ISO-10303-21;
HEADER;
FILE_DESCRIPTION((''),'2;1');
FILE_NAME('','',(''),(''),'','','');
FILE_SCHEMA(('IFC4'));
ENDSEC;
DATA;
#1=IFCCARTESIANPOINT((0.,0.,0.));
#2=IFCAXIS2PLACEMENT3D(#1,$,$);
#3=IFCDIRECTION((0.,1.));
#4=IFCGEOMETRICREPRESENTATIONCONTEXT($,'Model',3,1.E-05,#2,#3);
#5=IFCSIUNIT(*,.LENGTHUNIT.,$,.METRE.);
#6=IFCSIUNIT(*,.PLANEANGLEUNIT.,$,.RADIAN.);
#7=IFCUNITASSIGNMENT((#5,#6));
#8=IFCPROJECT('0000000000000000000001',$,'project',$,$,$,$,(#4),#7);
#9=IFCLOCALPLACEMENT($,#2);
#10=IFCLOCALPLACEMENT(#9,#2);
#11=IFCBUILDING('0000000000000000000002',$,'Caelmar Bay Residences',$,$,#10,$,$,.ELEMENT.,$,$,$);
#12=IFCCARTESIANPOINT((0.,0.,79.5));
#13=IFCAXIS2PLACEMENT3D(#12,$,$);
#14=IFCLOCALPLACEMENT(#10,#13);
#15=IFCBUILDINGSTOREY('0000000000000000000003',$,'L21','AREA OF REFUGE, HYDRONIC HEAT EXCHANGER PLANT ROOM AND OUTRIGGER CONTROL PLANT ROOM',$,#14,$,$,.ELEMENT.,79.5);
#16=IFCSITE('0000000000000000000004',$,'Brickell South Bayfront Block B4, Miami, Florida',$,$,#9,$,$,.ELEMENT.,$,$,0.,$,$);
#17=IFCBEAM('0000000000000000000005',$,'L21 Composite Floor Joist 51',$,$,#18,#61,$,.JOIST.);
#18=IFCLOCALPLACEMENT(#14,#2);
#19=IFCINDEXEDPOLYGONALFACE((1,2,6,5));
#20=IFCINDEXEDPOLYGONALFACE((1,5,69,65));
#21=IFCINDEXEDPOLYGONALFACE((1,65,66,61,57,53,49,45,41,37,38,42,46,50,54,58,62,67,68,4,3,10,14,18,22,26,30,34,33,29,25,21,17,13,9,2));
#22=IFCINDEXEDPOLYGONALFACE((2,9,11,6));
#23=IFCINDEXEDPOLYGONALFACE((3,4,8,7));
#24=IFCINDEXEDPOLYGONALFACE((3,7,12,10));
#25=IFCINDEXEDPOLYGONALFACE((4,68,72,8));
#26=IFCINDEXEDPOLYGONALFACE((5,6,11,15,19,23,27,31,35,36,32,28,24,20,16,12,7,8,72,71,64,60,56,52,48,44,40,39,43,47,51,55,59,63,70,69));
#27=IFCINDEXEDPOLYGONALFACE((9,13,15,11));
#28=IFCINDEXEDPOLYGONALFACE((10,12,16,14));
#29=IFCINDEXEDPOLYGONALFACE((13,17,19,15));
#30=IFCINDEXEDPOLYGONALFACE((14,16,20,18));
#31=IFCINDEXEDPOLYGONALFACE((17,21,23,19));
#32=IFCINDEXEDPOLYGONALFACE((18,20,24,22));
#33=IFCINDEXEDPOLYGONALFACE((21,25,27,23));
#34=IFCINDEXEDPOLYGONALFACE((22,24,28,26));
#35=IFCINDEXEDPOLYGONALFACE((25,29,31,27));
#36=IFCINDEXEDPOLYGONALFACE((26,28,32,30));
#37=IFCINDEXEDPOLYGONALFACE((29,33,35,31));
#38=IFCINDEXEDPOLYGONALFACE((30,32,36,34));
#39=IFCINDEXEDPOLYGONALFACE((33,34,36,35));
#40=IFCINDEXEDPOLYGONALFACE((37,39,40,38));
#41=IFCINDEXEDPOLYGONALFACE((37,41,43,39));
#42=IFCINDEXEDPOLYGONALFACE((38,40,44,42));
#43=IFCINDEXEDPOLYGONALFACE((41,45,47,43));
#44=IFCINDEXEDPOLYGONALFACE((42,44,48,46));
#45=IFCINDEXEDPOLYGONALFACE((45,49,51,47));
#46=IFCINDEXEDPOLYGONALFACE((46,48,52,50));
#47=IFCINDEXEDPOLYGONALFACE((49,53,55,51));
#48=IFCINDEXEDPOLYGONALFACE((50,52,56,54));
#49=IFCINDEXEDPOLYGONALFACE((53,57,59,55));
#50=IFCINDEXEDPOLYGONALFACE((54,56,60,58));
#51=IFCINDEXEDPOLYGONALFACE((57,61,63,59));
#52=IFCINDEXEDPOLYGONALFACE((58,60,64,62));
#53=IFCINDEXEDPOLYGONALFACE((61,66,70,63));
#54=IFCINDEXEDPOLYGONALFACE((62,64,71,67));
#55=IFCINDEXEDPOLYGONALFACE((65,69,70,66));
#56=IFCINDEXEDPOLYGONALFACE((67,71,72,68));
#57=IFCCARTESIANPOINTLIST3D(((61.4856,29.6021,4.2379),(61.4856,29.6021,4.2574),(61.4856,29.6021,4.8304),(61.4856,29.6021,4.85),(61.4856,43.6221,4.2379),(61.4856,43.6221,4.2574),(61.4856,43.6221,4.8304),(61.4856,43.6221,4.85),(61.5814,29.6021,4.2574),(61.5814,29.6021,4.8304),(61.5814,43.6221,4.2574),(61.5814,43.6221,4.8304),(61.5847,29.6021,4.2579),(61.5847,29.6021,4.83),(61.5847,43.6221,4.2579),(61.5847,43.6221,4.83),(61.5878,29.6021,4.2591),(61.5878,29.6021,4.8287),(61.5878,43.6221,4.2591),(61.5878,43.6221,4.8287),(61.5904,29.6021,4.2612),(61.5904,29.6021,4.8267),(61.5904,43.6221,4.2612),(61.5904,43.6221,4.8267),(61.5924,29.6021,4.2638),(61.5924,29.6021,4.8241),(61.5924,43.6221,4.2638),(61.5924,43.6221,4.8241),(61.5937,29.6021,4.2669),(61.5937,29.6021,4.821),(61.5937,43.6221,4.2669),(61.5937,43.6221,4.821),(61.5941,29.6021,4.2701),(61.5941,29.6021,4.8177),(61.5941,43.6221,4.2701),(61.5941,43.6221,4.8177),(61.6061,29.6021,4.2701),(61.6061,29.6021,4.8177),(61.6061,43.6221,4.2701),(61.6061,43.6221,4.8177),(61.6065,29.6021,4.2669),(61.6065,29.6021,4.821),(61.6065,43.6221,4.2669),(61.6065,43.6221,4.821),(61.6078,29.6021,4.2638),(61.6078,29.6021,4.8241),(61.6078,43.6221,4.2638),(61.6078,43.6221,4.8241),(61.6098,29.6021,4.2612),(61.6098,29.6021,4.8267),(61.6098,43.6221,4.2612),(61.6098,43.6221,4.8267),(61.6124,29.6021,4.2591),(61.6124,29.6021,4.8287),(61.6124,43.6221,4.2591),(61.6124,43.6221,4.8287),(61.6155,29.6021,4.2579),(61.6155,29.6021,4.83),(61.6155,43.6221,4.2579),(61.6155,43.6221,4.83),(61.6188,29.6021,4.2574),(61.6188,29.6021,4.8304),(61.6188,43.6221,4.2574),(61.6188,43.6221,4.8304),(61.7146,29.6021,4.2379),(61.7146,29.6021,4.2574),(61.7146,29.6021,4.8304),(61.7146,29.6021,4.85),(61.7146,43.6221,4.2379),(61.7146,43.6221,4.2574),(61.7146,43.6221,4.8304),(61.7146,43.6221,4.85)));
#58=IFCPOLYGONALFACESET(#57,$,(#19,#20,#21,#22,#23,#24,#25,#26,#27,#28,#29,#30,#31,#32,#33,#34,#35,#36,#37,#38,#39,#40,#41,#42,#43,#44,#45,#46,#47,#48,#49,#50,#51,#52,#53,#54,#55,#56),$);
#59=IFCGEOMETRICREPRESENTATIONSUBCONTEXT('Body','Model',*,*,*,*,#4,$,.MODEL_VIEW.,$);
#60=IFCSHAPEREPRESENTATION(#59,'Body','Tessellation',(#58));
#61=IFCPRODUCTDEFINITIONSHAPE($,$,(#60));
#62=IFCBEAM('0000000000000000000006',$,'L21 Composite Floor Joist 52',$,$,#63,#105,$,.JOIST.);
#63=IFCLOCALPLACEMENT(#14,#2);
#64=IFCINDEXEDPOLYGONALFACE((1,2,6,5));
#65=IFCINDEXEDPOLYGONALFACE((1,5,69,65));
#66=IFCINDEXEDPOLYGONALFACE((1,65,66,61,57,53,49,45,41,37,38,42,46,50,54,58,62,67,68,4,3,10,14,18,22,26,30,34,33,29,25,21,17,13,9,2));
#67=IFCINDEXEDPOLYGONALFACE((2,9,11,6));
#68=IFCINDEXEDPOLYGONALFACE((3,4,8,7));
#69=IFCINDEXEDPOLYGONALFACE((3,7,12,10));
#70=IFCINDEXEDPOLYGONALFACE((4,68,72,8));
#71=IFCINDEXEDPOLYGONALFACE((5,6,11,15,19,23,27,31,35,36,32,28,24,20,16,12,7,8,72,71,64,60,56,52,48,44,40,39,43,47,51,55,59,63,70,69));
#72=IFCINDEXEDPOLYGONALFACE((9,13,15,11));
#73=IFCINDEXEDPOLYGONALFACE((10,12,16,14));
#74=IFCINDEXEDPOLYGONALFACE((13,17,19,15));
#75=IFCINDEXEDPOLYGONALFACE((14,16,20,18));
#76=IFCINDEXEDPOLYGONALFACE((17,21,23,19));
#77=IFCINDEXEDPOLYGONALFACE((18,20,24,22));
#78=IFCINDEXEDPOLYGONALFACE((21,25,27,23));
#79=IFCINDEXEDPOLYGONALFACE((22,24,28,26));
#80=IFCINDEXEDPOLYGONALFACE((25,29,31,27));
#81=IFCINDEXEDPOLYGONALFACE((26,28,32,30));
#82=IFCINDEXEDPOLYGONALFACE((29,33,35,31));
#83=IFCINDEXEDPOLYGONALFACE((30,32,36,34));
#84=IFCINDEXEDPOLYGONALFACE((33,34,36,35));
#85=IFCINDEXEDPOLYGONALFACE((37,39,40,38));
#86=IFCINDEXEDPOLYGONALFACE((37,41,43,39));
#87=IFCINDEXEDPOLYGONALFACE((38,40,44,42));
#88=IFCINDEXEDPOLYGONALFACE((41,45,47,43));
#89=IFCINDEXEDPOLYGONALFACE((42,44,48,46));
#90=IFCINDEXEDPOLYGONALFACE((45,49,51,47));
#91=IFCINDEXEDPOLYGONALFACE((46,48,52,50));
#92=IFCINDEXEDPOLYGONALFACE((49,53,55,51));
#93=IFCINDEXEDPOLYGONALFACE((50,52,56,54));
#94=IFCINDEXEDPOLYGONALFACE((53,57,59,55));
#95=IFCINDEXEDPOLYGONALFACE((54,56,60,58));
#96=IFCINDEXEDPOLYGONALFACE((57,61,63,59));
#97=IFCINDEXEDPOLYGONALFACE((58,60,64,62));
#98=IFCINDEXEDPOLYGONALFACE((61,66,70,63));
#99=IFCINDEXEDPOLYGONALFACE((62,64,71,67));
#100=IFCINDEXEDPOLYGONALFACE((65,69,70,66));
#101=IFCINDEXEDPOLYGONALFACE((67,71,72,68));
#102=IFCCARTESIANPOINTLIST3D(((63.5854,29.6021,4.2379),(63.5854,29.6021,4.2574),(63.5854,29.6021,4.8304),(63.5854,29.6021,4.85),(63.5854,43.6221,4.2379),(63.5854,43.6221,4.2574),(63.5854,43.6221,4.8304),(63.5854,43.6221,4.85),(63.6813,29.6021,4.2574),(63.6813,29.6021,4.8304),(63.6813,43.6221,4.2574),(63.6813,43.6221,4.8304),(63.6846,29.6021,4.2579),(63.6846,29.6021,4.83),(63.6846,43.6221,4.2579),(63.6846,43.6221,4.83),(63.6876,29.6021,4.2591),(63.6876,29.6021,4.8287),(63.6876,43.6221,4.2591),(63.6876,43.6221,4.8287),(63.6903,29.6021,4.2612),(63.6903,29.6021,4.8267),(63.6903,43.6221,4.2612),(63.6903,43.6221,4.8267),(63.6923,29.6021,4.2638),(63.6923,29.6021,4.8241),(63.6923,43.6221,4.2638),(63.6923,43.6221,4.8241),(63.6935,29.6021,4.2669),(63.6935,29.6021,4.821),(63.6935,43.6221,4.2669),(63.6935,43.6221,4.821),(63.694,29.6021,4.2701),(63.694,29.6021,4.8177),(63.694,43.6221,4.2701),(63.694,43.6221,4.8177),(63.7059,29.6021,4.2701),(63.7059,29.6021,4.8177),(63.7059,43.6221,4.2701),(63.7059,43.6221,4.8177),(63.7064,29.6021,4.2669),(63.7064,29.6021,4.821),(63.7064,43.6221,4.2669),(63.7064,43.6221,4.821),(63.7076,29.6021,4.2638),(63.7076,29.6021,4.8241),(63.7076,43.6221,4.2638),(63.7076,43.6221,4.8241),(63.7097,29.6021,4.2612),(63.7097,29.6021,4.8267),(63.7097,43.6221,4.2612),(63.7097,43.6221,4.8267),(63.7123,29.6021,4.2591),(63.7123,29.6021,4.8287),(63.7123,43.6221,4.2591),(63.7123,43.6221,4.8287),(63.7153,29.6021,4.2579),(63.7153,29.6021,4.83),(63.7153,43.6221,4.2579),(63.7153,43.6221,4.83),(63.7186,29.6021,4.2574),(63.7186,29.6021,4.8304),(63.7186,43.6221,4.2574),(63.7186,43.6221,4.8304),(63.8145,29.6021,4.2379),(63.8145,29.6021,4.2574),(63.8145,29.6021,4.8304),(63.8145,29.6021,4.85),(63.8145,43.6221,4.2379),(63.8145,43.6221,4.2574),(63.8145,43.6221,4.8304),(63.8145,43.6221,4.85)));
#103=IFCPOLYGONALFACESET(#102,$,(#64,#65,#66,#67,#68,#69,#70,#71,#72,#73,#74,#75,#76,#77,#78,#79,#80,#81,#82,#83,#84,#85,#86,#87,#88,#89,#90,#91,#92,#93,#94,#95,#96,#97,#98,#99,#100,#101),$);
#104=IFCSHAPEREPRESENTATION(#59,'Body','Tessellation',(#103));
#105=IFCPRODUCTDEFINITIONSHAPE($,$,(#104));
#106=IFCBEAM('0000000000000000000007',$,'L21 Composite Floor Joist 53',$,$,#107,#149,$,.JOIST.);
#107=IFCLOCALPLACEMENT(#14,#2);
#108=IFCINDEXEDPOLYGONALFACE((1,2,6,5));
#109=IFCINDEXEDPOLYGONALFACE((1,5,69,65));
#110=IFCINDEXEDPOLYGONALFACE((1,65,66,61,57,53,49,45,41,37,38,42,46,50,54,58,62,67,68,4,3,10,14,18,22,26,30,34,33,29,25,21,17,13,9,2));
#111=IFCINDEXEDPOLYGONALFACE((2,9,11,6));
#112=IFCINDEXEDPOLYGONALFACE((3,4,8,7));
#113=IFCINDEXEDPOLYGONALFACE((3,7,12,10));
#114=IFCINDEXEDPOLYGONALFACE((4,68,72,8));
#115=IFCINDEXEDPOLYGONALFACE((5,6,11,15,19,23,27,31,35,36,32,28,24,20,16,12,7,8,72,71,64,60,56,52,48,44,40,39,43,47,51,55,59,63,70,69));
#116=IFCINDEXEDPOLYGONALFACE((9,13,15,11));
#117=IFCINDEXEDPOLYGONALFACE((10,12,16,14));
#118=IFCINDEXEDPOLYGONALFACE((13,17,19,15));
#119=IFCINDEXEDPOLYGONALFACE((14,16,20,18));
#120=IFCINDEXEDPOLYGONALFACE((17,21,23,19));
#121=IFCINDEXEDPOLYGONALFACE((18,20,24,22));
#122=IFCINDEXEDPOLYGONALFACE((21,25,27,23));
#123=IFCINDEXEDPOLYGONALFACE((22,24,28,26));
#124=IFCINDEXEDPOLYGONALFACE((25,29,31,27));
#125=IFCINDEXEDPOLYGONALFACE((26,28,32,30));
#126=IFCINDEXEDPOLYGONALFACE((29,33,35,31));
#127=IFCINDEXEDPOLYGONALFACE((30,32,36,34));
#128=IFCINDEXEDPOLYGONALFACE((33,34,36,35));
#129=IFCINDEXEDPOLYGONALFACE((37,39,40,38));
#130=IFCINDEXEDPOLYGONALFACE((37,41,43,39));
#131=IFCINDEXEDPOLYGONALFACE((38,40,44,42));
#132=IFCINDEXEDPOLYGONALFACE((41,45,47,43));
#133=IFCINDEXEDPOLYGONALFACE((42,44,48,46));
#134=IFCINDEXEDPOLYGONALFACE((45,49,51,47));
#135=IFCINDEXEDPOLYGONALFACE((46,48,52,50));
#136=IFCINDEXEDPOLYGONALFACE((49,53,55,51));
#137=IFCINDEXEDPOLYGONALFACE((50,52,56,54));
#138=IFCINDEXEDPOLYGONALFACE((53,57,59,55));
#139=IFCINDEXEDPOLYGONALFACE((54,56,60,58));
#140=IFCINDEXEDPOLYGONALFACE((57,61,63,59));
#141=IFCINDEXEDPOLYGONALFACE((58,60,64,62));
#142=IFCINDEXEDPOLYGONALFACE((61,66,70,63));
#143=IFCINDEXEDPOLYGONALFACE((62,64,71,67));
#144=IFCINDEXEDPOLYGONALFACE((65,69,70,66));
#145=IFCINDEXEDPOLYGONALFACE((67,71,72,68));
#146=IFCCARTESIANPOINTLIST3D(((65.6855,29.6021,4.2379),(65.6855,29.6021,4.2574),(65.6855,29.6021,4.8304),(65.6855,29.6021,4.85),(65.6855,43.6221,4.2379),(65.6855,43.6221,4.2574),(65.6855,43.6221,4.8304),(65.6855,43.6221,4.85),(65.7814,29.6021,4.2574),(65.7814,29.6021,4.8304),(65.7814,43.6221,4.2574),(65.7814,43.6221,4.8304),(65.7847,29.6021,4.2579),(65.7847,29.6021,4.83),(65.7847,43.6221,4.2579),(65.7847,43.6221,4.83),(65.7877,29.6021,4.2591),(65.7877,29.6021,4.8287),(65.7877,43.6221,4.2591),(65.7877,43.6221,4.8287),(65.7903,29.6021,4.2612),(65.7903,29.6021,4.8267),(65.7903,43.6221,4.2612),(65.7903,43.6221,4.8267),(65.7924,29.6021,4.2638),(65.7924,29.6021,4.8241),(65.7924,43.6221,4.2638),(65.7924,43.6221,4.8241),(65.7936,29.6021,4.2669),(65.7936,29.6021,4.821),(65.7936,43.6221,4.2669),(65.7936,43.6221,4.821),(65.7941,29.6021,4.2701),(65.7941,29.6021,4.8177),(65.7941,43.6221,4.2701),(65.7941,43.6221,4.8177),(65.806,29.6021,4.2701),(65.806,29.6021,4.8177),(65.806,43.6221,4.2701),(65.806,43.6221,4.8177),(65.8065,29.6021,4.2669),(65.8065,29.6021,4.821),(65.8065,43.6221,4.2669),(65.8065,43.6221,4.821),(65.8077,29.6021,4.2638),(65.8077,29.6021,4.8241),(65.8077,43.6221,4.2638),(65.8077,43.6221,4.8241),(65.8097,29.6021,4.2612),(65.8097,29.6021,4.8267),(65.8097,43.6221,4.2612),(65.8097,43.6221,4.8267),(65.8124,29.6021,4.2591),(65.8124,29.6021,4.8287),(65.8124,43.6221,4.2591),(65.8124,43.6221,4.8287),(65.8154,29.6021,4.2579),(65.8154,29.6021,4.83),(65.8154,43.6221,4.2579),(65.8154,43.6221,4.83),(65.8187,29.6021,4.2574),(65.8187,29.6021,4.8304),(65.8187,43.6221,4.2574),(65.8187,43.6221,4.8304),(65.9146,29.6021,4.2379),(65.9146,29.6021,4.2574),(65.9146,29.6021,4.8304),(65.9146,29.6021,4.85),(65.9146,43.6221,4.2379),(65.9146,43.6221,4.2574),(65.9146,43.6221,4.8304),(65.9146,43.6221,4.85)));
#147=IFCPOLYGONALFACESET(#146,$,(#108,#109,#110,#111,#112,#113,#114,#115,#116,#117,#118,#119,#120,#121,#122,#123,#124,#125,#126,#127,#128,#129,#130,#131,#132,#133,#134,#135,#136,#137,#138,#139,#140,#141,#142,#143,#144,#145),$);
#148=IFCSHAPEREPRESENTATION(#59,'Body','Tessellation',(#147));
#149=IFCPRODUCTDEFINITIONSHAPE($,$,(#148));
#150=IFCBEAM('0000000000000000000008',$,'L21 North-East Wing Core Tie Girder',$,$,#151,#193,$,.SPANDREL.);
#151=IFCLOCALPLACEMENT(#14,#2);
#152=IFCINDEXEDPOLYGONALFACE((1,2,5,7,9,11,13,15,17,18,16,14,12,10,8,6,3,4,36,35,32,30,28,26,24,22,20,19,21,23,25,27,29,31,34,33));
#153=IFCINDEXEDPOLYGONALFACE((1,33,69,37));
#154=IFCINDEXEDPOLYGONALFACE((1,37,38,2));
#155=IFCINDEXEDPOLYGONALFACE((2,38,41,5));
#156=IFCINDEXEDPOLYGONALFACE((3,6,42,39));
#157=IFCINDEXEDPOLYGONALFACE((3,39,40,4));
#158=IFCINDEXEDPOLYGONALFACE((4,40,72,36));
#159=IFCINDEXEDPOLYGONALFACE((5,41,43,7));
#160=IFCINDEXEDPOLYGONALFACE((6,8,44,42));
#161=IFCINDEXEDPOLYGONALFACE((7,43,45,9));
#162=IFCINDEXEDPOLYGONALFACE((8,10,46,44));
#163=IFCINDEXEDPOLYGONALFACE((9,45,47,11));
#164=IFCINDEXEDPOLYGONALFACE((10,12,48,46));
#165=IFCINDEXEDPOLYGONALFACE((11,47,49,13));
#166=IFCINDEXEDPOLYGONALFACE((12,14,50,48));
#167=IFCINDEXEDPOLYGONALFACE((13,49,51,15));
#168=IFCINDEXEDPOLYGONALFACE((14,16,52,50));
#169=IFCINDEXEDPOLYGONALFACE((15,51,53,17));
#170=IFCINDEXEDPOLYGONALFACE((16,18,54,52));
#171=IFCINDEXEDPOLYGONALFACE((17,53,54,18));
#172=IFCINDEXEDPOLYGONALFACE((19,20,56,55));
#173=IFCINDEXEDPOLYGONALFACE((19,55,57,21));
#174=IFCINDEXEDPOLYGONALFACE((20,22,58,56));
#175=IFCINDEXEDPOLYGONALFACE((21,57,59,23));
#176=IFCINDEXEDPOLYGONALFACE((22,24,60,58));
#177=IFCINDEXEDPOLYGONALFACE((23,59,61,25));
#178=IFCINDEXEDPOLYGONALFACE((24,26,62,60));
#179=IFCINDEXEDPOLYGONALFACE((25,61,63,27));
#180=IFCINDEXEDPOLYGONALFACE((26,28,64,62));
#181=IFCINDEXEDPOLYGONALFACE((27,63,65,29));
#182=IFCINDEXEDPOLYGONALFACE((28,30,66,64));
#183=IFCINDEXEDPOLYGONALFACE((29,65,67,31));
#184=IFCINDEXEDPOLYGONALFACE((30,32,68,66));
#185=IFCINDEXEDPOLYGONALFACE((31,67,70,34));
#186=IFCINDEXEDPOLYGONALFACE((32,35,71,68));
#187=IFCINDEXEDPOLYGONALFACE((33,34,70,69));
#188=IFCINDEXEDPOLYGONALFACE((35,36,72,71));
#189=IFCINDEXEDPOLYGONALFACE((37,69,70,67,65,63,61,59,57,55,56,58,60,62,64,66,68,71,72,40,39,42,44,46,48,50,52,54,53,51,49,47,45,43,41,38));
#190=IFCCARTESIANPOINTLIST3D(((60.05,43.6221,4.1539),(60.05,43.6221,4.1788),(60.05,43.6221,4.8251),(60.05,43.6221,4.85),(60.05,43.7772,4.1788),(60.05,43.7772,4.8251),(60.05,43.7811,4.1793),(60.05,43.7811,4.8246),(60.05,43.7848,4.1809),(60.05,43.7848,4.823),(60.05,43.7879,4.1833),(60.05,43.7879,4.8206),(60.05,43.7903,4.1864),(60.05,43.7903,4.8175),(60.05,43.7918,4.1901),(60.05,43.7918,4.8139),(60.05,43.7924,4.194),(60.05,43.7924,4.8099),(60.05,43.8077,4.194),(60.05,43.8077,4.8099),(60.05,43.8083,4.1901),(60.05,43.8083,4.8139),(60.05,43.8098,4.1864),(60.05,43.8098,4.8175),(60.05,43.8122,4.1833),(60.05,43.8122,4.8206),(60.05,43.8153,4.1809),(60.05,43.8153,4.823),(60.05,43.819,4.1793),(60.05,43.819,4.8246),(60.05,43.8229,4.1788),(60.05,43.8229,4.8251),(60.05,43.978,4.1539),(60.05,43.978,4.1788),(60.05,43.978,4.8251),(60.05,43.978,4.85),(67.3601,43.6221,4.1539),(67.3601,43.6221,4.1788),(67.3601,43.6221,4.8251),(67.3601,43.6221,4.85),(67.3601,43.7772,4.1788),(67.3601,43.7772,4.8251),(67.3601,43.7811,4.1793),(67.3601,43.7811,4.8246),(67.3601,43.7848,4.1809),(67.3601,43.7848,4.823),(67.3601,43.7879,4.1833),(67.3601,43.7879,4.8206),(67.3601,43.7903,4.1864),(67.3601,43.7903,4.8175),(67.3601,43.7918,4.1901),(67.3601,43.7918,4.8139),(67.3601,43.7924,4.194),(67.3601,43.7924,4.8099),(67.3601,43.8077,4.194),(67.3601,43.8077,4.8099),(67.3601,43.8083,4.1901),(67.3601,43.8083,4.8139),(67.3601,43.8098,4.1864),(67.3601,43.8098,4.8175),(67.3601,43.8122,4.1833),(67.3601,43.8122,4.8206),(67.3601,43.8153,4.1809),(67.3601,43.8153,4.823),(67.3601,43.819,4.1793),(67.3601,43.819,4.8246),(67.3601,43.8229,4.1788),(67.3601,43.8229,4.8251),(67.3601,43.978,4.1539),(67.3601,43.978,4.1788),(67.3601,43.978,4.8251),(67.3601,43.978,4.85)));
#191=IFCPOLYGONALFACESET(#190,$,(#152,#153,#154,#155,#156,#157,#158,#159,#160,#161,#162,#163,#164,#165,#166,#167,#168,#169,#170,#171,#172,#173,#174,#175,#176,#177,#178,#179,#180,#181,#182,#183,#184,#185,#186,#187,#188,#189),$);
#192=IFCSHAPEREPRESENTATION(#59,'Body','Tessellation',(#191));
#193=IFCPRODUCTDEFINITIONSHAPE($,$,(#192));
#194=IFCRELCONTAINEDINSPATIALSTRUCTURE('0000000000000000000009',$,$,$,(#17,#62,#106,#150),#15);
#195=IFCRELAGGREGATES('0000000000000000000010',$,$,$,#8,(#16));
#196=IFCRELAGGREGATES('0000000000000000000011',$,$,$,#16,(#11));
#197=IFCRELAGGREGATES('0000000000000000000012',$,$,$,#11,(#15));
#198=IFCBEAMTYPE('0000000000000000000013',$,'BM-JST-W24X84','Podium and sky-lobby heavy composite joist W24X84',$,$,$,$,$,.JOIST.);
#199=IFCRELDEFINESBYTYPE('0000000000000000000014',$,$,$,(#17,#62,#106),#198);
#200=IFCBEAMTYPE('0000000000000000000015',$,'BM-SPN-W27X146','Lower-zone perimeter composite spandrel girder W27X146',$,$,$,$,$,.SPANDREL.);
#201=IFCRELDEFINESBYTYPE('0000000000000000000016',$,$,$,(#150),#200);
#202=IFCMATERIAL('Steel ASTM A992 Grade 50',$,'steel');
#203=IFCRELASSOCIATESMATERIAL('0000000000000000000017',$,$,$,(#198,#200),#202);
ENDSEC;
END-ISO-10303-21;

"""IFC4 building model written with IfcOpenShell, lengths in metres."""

from ifc_helpers import new_model, si_unit, direction, frame, origin, origin_2d, place, context, subcontext, project, spatial, i_section, extrude, material, material_profile, profile_set, type_object, element, save


model = new_model("IFC4")

# Units and contexts
model_context = context("Model", 3, precision=1e-05, world=origin(), true_north=direction((0.0, 1.0)))
body_context = subcontext(model_context, "Body", "Model", "MODEL_VIEW")
ifc_project = project(units=[si_unit("LENGTHUNIT", "METRE"), si_unit("PLANEANGLEUNIT", "RADIAN")], contexts=[model_context])

# Site, building, storey
site_placement = place(None, origin())
site = spatial("IfcSite", under=ifc_project, at=site_placement, Name="Brickell South Bayfront Block B4, Miami, Florida", CompositionType="ELEMENT", RefElevation=0.0)
building_placement = place(site_placement, origin())
building = spatial("IfcBuilding", under=site, at=building_placement, Name="Caelmar Bay Residences", CompositionType="ELEMENT")
storey_placement = place(building_placement, frame((0.0, 0.0, 79.5)))
storey = spatial("IfcBuildingStorey", under=building, at=storey_placement, Name="L21", Description="AREA OF REFUGE, HYDRONIC HEAT EXCHANGER PLANT ROOM AND OUTRIGGER CONTROL PLANT ROOM", CompositionType="ELEMENT", Elevation=79.5)

# Beams
ifc_material_1 = material(Name="Steel ASTM A992 Grade 50", Category="steel")
ifc_material_profile_1 = material_profile(ifc_material_1, i_section(OverallWidth=0.229, OverallDepth=0.6121, WebThickness=0.012, FlangeThickness=0.0195, FilletRadius=0.0127, at=origin_2d()), Name="W24X84")
ifc_profile_set_1 = profile_set([ifc_material_profile_1], Name="Steel ASTM A992 Grade 50")
beam_type_1 = type_object("IfcBeamType", Name="BM-JST-W24X84", Description="Podium and sky-lobby heavy composite joist W24X84", PredefinedType="JOIST", material=ifc_profile_set_1)
for number, where, z_axis, x_axis, name in (
    (1, (61.6001, 29.6021, 4.5439), (0.0, 1.0, 0.0), (-1.0, 0.0, 0.0), "L21 Composite Floor Joist 51"),
    (2, (63.7, 29.6021, 4.5439), (0.0, 1.0, 0.0), (-1.0, 0.0, 0.0), "L21 Composite Floor Joist 52"),
    (3, (65.8, 29.6021, 4.5439), (0.0, 1.0, 0.0), (-1.0, 0.0, 0.0), "L21 Composite Floor Joist 53"),
):
    element("IfcBeam", number, at=place(storey_placement, frame(where, z_axis=z_axis, x_axis=x_axis)), inside=storey, type_object=beam_type_1, Name=name, PredefinedType="JOIST", context=body_context, shape_type="SweptSolid", body=[
        extrude(i_section(OverallWidth=0.229, OverallDepth=0.6121, WebThickness=0.012, FlangeThickness=0.0195, FilletRadius=0.0127, at=origin_2d()), origin(), (0.0, 0.0, 1.0), 14.02),
    ])
ifc_material_profile_2 = material_profile(ifc_material_1, i_section(OverallWidth=0.356, OverallDepth=0.696, WebThickness=0.0154, FlangeThickness=0.0249, FilletRadius=0.0151, at=origin_2d()), Name="W27X146")
ifc_profile_set_2 = profile_set([ifc_material_profile_2], Name="Steel ASTM A992 Grade 50")
beam_type_2 = type_object("IfcBeamType", Name="BM-SPN-W27X146", Description="Lower-zone perimeter composite spandrel girder W27X146", PredefinedType="SPANDREL", material=ifc_profile_set_2)
beam_1_placement = place(storey_placement, frame((60.05, 43.8, 4.502), z_axis=(1.0, 0.0, 0.0), x_axis=(0.0, 1.0, 0.0)))
element("IfcBeam", 4, at=beam_1_placement, inside=storey, type_object=beam_type_2, Name="L21 North-East Wing Core Tie Girder", PredefinedType="SPANDREL", context=body_context, shape_type="SweptSolid", body=[
    extrude(i_section(OverallWidth=0.356, OverallDepth=0.696, WebThickness=0.0154, FlangeThickness=0.0249, FilletRadius=0.0151, at=origin_2d()), origin(), (0.0, 0.0, 1.0), 7.3101),
])

save(model, "model.ifc")
